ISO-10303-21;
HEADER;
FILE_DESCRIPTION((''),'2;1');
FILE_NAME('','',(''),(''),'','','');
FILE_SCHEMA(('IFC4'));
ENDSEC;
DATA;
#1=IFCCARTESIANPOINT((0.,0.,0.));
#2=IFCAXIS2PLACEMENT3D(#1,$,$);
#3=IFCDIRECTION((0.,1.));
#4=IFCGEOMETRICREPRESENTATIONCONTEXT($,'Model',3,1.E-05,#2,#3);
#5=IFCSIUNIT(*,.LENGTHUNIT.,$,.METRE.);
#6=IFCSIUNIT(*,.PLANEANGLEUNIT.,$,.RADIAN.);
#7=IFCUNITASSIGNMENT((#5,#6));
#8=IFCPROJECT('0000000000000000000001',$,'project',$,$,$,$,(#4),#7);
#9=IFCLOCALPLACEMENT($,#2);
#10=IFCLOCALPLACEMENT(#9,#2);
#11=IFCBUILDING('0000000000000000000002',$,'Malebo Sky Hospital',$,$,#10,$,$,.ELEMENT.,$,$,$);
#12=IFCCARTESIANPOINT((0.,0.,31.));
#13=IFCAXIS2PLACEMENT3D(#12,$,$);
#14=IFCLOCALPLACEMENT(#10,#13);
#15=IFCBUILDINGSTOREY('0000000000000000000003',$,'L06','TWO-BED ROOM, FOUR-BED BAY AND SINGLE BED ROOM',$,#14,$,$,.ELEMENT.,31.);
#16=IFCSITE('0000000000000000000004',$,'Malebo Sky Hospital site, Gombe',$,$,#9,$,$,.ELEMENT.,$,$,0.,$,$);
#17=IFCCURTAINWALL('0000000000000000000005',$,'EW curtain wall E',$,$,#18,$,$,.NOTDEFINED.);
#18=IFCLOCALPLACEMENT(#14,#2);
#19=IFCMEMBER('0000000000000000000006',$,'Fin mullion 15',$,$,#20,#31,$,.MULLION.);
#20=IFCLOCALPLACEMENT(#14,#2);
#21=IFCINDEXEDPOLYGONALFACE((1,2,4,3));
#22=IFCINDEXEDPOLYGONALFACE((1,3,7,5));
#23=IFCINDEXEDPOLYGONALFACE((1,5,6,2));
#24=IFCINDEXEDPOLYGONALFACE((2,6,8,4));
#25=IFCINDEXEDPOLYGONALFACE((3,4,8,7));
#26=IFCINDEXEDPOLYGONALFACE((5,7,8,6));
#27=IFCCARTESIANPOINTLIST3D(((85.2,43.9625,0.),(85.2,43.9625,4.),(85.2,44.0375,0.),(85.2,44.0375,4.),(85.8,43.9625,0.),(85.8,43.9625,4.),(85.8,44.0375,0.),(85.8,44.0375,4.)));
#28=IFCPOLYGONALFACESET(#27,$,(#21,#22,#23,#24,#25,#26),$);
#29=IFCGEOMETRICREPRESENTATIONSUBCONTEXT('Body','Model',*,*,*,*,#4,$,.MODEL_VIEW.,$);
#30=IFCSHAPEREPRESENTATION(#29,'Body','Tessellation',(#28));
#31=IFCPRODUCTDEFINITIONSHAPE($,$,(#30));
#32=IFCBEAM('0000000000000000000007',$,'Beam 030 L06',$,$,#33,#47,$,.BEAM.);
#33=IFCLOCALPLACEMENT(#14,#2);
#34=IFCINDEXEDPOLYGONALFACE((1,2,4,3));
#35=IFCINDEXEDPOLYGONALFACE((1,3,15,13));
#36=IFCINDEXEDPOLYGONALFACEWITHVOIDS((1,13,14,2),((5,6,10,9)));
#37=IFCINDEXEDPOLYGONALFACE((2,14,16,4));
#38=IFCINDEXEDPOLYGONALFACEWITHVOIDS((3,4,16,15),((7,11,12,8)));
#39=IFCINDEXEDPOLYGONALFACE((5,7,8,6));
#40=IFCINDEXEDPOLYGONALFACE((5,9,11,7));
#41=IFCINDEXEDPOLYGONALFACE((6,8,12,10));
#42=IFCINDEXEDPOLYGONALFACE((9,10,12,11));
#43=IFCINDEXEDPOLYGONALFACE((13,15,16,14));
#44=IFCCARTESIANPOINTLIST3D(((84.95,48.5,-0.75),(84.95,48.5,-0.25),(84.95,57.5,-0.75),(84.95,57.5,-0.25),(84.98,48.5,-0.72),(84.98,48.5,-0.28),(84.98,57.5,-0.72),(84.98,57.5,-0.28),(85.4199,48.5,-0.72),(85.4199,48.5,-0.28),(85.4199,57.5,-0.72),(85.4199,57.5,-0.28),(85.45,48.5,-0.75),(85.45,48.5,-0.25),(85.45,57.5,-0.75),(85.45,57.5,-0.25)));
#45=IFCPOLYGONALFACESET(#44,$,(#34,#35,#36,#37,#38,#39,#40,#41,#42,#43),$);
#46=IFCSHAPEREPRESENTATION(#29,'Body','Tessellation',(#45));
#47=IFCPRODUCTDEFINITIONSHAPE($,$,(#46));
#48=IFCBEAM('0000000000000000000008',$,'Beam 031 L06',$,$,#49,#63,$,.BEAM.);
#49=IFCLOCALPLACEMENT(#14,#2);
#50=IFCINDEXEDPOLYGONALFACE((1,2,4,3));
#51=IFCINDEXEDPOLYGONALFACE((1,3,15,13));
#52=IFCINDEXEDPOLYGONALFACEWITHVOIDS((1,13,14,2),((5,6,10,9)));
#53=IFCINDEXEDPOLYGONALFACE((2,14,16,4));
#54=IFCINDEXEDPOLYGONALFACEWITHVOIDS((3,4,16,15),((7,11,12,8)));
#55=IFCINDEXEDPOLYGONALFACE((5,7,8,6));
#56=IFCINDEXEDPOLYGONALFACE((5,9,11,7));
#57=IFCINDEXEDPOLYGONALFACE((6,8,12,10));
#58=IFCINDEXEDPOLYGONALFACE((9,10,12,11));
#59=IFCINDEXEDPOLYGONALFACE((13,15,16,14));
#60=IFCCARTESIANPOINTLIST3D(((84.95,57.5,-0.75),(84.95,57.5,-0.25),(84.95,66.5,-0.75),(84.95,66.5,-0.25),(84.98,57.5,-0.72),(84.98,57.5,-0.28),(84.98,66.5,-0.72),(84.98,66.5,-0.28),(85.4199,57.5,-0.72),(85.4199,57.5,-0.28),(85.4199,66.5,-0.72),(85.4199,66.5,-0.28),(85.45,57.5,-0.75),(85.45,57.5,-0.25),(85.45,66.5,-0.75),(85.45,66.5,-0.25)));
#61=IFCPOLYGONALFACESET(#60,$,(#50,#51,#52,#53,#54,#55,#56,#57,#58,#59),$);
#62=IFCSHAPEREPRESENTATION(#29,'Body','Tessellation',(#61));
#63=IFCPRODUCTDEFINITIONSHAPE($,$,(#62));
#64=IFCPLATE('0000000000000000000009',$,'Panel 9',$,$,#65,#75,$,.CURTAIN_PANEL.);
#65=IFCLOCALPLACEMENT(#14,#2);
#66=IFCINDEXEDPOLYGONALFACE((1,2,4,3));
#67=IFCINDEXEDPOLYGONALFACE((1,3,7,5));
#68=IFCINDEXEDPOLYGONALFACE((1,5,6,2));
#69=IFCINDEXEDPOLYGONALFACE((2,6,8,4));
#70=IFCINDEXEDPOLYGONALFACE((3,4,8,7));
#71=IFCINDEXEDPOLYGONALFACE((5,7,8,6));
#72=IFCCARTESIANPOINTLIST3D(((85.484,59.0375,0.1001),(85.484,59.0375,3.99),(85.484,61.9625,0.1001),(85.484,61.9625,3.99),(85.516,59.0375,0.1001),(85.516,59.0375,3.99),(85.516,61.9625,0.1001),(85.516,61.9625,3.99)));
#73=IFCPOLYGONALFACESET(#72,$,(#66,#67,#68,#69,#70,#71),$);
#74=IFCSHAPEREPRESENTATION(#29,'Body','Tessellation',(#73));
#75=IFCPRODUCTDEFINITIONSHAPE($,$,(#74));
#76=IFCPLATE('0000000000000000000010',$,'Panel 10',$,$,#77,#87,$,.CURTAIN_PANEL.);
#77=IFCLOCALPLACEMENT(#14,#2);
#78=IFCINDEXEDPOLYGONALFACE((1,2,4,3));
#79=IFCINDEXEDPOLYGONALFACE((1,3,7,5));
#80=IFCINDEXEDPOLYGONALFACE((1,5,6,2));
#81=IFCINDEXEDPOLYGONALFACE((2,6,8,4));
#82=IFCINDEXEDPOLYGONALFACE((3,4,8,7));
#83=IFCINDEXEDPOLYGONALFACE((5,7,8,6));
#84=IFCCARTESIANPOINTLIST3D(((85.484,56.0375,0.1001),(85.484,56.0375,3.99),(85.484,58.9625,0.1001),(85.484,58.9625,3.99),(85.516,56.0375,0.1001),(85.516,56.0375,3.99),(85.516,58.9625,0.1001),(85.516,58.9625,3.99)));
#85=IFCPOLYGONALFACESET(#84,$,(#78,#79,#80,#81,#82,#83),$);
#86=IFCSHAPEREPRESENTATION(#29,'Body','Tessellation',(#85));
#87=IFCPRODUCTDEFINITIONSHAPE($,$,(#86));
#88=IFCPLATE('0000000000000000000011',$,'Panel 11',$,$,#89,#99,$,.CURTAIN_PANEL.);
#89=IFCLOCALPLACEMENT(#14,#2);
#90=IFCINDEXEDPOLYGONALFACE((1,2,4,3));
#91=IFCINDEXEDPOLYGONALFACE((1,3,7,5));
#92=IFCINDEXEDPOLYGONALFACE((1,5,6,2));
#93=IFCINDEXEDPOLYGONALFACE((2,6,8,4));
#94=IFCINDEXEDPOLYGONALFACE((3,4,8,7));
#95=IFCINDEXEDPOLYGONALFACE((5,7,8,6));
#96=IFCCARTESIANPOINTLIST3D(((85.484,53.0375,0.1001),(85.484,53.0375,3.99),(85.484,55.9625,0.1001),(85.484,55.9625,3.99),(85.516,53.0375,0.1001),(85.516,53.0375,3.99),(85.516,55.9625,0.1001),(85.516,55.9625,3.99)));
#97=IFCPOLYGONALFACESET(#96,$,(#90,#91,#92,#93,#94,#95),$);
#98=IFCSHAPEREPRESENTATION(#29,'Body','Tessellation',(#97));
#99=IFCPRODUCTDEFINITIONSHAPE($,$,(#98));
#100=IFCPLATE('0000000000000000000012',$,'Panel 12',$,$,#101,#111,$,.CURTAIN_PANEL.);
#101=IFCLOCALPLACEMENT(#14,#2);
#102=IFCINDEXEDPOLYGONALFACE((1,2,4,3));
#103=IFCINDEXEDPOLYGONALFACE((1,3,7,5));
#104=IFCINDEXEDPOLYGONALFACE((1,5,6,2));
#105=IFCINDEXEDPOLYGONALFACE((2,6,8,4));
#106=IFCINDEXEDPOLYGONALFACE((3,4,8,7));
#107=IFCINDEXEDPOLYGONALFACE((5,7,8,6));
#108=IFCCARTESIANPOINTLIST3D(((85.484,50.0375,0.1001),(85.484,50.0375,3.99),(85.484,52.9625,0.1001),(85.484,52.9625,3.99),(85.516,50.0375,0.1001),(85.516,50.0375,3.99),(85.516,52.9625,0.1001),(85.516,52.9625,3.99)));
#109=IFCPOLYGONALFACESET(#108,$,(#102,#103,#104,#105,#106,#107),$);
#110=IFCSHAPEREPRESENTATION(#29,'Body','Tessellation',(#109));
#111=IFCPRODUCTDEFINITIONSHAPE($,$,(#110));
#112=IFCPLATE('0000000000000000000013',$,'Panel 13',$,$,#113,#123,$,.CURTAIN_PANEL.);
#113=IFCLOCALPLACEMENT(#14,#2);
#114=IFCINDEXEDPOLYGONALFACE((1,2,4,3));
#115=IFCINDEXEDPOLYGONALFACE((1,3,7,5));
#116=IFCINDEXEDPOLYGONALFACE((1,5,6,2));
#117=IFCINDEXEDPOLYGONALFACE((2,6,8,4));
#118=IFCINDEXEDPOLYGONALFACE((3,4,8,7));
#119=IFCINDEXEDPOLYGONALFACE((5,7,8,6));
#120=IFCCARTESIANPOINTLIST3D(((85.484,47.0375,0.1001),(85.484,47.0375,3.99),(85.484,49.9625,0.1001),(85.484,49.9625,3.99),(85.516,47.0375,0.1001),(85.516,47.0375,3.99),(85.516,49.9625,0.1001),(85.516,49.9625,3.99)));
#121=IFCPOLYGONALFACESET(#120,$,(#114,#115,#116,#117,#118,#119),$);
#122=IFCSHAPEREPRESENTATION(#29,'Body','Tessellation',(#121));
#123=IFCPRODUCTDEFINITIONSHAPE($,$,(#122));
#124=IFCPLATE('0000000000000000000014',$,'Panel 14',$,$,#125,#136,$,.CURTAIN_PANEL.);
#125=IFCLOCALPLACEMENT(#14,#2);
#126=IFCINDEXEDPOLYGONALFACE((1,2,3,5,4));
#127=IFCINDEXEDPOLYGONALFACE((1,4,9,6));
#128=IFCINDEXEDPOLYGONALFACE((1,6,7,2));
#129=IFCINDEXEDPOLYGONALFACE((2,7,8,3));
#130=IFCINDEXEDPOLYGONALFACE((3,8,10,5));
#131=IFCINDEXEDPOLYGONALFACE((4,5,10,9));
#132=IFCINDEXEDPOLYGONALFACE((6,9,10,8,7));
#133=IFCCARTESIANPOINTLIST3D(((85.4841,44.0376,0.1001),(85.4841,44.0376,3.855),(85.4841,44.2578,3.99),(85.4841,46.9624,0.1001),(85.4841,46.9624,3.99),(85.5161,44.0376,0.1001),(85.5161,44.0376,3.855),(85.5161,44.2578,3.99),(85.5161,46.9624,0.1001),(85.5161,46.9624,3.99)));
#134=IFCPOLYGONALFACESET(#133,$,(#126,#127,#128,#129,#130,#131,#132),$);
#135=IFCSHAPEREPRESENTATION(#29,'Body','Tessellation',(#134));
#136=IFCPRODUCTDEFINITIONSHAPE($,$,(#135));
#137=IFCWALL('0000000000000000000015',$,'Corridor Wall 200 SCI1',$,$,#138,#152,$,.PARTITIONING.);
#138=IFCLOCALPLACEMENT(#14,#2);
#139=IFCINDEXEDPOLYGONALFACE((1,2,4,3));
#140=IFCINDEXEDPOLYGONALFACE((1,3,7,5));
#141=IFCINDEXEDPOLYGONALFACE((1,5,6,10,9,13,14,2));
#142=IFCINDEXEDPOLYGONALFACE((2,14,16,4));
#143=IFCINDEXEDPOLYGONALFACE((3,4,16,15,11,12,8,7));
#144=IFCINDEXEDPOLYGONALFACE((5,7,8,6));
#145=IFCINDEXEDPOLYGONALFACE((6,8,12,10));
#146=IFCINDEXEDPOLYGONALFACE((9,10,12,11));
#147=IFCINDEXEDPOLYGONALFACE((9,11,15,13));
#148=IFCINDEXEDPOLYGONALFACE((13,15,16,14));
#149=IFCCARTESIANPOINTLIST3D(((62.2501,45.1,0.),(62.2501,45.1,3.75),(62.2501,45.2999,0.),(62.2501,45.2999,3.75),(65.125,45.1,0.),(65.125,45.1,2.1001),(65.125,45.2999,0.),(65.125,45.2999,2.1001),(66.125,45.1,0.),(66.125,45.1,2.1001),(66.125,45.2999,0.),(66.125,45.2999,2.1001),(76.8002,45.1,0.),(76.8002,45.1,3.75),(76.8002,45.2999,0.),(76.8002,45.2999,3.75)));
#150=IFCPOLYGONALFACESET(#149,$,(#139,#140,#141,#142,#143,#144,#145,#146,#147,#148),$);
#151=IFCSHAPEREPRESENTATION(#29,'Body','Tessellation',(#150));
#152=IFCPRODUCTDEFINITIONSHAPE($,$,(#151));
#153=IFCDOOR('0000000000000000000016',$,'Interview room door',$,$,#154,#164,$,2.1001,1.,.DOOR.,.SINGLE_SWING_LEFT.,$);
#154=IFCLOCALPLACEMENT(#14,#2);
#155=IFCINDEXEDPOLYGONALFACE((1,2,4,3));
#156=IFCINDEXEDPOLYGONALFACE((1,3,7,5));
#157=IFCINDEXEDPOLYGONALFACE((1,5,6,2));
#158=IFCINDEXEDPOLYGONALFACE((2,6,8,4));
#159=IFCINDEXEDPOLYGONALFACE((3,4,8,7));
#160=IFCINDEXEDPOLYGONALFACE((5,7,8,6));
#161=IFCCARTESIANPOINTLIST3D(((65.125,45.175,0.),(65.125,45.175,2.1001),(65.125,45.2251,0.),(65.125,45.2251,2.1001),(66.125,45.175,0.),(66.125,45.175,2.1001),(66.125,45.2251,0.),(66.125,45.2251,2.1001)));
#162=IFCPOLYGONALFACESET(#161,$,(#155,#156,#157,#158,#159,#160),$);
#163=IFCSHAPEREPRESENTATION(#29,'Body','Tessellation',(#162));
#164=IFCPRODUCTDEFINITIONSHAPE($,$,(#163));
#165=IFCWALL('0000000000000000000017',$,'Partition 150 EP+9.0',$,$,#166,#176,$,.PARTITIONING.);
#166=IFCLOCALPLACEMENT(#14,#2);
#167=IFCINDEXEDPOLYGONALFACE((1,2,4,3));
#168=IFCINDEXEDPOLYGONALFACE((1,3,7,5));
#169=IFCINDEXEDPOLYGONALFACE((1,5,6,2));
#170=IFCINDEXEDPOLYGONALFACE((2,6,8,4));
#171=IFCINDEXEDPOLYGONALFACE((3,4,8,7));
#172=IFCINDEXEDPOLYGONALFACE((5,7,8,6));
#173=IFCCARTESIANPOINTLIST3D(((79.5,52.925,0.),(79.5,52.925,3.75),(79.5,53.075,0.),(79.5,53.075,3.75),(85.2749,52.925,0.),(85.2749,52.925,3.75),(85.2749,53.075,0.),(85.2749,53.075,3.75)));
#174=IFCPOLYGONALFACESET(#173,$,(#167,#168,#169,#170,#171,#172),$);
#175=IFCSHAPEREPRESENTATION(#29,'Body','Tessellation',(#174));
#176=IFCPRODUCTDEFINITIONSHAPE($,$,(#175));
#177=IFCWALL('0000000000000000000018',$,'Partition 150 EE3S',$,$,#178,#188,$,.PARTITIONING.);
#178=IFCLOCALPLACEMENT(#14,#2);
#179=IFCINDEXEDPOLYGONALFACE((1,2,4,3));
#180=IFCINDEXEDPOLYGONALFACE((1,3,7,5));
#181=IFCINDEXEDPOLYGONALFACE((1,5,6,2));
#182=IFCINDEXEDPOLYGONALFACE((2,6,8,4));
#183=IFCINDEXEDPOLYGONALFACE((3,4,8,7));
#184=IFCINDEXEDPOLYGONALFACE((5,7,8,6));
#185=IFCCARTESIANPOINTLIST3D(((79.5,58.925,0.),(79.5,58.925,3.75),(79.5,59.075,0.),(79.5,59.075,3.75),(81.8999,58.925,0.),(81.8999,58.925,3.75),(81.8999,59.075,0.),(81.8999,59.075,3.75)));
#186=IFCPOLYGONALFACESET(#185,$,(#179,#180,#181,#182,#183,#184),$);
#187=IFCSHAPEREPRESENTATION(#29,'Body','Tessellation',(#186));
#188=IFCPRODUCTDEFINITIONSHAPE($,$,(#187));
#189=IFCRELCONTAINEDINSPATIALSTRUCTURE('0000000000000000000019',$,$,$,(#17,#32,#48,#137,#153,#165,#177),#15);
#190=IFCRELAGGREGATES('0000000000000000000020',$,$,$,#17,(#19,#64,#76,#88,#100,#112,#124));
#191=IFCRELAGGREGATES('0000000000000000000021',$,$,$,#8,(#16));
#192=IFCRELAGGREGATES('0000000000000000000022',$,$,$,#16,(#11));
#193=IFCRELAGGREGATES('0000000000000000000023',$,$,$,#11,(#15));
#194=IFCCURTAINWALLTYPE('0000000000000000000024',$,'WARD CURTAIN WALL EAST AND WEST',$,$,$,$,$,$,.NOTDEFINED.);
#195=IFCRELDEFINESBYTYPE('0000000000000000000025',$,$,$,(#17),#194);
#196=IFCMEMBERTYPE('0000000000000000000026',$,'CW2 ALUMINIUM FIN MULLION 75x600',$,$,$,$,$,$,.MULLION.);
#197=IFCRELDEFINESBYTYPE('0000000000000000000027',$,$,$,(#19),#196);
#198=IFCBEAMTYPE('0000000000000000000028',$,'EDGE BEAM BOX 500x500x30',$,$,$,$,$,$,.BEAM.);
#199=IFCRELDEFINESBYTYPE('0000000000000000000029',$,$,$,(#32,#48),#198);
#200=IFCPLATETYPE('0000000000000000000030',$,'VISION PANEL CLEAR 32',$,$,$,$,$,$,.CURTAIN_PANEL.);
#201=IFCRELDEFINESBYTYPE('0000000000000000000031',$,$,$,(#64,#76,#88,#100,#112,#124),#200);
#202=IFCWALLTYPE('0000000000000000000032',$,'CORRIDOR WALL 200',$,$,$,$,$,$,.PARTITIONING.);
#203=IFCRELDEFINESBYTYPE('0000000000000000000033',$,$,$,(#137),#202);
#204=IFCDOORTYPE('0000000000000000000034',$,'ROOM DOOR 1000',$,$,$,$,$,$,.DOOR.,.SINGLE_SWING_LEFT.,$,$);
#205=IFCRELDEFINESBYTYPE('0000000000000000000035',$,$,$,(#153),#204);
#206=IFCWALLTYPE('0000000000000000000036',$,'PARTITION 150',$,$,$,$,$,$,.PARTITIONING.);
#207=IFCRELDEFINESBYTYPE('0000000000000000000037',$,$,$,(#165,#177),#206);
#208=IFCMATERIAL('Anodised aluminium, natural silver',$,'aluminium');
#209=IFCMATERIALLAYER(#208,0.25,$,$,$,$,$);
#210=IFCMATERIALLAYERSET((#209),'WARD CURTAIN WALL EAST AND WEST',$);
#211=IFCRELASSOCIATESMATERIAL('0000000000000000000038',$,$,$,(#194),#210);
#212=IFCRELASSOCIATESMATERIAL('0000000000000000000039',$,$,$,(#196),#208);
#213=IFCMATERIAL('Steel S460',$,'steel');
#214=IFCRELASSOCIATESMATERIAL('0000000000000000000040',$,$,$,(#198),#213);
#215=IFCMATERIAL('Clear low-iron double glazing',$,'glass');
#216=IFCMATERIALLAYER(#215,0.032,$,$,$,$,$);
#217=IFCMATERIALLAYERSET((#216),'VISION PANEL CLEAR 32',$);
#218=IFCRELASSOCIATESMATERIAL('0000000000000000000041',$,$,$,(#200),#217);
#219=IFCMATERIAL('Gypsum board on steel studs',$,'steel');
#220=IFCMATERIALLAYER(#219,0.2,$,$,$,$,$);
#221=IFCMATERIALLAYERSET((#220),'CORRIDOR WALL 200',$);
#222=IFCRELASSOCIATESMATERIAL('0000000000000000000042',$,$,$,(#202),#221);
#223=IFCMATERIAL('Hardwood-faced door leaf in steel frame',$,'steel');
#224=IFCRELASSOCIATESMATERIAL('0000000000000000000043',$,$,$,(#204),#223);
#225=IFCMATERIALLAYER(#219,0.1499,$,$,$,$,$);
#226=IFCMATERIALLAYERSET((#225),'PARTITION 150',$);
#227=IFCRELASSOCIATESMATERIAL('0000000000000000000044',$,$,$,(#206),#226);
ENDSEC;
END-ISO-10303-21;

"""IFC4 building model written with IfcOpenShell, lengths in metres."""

from ifc_helpers import new_model, si_unit, direction, frame, frame_2d, origin, origin_2d, place, context, subcontext, project, spatial, polyline, rectangle, hollow_rectangle, outline, extrude, material, layer, layer_set, material_profile, profile_set, type_object, element, fill, aggregate, save


model = new_model("IFC4")

# Units and contexts
model_context = context("Model", 3, precision=1e-05, world=origin(), true_north=direction((0.0, 1.0)))
body_context = subcontext(model_context, "Body", "Model", "MODEL_VIEW")
ifc_project = project(units=[si_unit("LENGTHUNIT", "METRE"), si_unit("PLANEANGLEUNIT", "RADIAN")], contexts=[model_context])

# Site, building, storey
site_placement = place(None, origin())
site = spatial("IfcSite", under=ifc_project, at=site_placement, Name="Malebo Sky Hospital site, Gombe", CompositionType="ELEMENT", RefElevation=0.0)
building_placement = place(site_placement, origin())
building = spatial("IfcBuilding", under=site, at=building_placement, Name="Malebo Sky Hospital", CompositionType="ELEMENT")
storey_placement = place(building_placement, frame((0.0, 0.0, 31.0)))
storey = spatial("IfcBuildingStorey", under=building, at=storey_placement, Name="L06", Description="TWO-BED ROOM, FOUR-BED BAY AND SINGLE BED ROOM", CompositionType="ELEMENT", Elevation=31.0)

# Shared definitions
ifc_material_1 = material(Name="Steel S460", Category="steel")

# Curtain wall, member
ifc_material_2 = material(Name="Anodised aluminium, natural silver", Category="aluminium")
ifc_layer_1 = layer(ifc_material_2, 0.25)
ifc_layer_set_1 = layer_set([ifc_layer_1], Name="WARD CURTAIN WALL EAST AND WEST")
curtain_wall_type = type_object("IfcCurtainWallType", Name="WARD CURTAIN WALL EAST AND WEST", PredefinedType="NOTDEFINED", material=ifc_layer_set_1)
curtain_wall_placement = place(storey_placement, origin())
curtain_wall = element("IfcCurtainWall", 1, at=curtain_wall_placement, inside=storey, type_object=curtain_wall_type, Name="EW curtain wall E", PredefinedType="NOTDEFINED")
ifc_material_profile_1 = material_profile(ifc_material_2, rectangle(XDim=0.075, YDim=0.6001, at=origin_2d()), Name="CW2 ALUMINIUM FIN MULLION 75x600")
ifc_profile_set_1 = profile_set([ifc_material_profile_1], Name="Anodised aluminium, natural silver")
member_type_1 = type_object("IfcMemberType", Name="CW2 ALUMINIUM FIN MULLION 75x600", PredefinedType="MULLION", material=ifc_profile_set_1)
member_1_placement = place(storey_placement, frame((85.5, 44.0, 0.0), z_axis=(0.0, 0.0, 1.0), x_axis=(0.0, -1.0, 0.0)))
member_1 = element("IfcMember", 2, at=member_1_placement, type_object=member_type_1, Name="Fin mullion 15", PredefinedType="MULLION", context=body_context, shape_type="SweptSolid", body=[
    extrude(rectangle(XDim=0.075, YDim=0.6001, at=origin_2d()), origin(), (0.0, 0.0, 1.0), 4.0),
])

# Beams
ifc_material_profile_2 = material_profile(ifc_material_1, hollow_rectangle(XDim=0.5, YDim=0.5, WallThickness=0.03, at=origin_2d()), Name="BOX 500x500x30")
ifc_profile_set_2 = profile_set([ifc_material_profile_2], Name="Steel S460")
beam_type = type_object("IfcBeamType", Name="EDGE BEAM BOX 500x500x30", PredefinedType="BEAM", material=ifc_profile_set_2)
for number, where, z_axis, x_axis, name in (
    (3, (85.2, 48.5, -0.5), (0.0, 1.0, 0.0), (-1.0, 0.0, 0.0), "Beam 030 L06"),
    (4, (85.2, 57.5, -0.5), (0.0, 1.0, 0.0), (-1.0, 0.0, 0.0), "Beam 031 L06"),
):
    element("IfcBeam", number, at=place(storey_placement, frame(where, z_axis=z_axis, x_axis=x_axis)), inside=storey, type_object=beam_type, Name=name, PredefinedType="BEAM", context=body_context, shape_type="SweptSolid", body=[
        extrude(hollow_rectangle(XDim=0.5, YDim=0.5, WallThickness=0.03, at=origin_2d()), origin(), (0.0, 0.0, 1.0), 9.0),
    ])

# Plates
ifc_material_3 = material(Name="Clear low-iron double glazing", Category="glass")
ifc_layer_2 = layer(ifc_material_3, 0.032)
ifc_layer_set_2 = layer_set([ifc_layer_2], Name="VISION PANEL CLEAR 32")
plate_type = type_object("IfcPlateType", Name="VISION PANEL CLEAR 32", PredefinedType="CURTAIN_PANEL", material=ifc_layer_set_2)
plate_1_placement = place(storey_placement, frame((85.5, 60.5, 0.1001), z_axis=(0.0, 0.0, 1.0), x_axis=(0.0, -1.0, 0.0)))
plate_1 = element("IfcPlate", 5, at=plate_1_placement, type_object=plate_type, Name="Panel 9", PredefinedType="CURTAIN_PANEL", context=body_context, shape_type="SweptSolid", body=[
    extrude(rectangle(XDim=2.925, YDim=0.032, at=origin_2d()), origin(), (0.0, 0.0, 1.0), 3.8899),
])
plate_2_placement = place(storey_placement, frame((85.5, 57.5, 0.1001), z_axis=(0.0, 0.0, 1.0), x_axis=(0.0, -1.0, 0.0)))
plate_2 = element("IfcPlate", 6, at=plate_2_placement, type_object=plate_type, Name="Panel 10", PredefinedType="CURTAIN_PANEL", context=body_context, shape_type="SweptSolid", body=[
    extrude(rectangle(XDim=2.925, YDim=0.032, at=origin_2d()), origin(), (0.0, 0.0, 1.0), 3.8899),
])
plate_3_placement = place(storey_placement, frame((85.5, 54.5, 0.1001), z_axis=(0.0, 0.0, 1.0), x_axis=(0.0, -1.0, 0.0)))
plate_3 = element("IfcPlate", 7, at=plate_3_placement, type_object=plate_type, Name="Panel 11", PredefinedType="CURTAIN_PANEL", context=body_context, shape_type="SweptSolid", body=[
    extrude(rectangle(XDim=2.925, YDim=0.032, at=origin_2d()), origin(), (0.0, 0.0, 1.0), 3.8899),
])
plate_4_placement = place(storey_placement, frame((85.5, 51.5, 0.1001), z_axis=(0.0, 0.0, 1.0), x_axis=(0.0, -1.0, 0.0)))
plate_4 = element("IfcPlate", 8, at=plate_4_placement, type_object=plate_type, Name="Panel 12", PredefinedType="CURTAIN_PANEL", context=body_context, shape_type="SweptSolid", body=[
    extrude(rectangle(XDim=2.925, YDim=0.032, at=origin_2d()), origin(), (0.0, 0.0, 1.0), 3.8899),
])
plate_5_placement = place(storey_placement, frame((85.5, 48.5, 0.1001), z_axis=(0.0, 0.0, 1.0), x_axis=(0.0, -1.0, 0.0)))
plate_5 = element("IfcPlate", 9, at=plate_5_placement, type_object=plate_type, Name="Panel 13", PredefinedType="CURTAIN_PANEL", context=body_context, shape_type="SweptSolid", body=[
    extrude(rectangle(XDim=2.925, YDim=0.032, at=origin_2d()), origin(), (0.0, 0.0, 1.0), 3.8899),
])
plate_6_placement = place(storey_placement, frame((85.5, 45.5, 0.1001), z_axis=(0.0, 0.0, 1.0), x_axis=(0.0, -1.0, 0.0)))
plate_6 = element("IfcPlate", 10, at=plate_6_placement, type_object=plate_type, Name="Panel 14", PredefinedType="CURTAIN_PANEL", context=body_context, shape_type="SweptSolid", body=[
    extrude(outline(polyline([(-1.4624, 0.0), (1.4624, 0.0), (1.4624, 3.7549), (1.2422, 3.8899), (-1.4624, 3.8899), (-1.4624, 0.0)])), frame((0.0, 0.0161, 0.0), z_axis=(0.0, -1.0, 0.0), x_axis=(1.0, 0.0, 0.0)), (0.0, 0.0, 1.0), 0.032),
])
aggregate(curtain_wall, [member_1, plate_1, plate_2, plate_3, plate_4, plate_5, plate_6])

# Wall, opening, door
ifc_material_4 = material(Name="Gypsum board on steel studs", Category="steel")
ifc_layer_3 = layer(ifc_material_4, 0.2)
ifc_layer_set_3 = layer_set([ifc_layer_3], Name="CORRIDOR WALL 200")
wall_type_1 = type_object("IfcWallType", Name="CORRIDOR WALL 200", PredefinedType="PARTITIONING", material=ifc_layer_set_3)
wall_1_placement = place(storey_placement, frame((76.8, 45.2, 0.0), z_axis=(0.0, 0.0, 1.0), x_axis=(-1.0, 0.0, 0.0)))
wall_1 = element("IfcWall", 11, at=wall_1_placement, inside=storey, type_object=wall_type_1, Name="Corridor Wall 200 SCI1", PredefinedType="PARTITIONING", context=body_context, shape_type="SweptSolid", body=[
    extrude(rectangle(XDim=14.55, YDim=0.2, at=frame_2d((7.2749, 0.0))), origin(), (0.0, 0.0, 1.0), 3.75),
])
opening_1_placement = place(wall_1_placement, frame((10.675, 0.0, 0.0)))
opening_1 = element("IfcOpeningElement", 12, at=opening_1_placement, cuts=wall_1, PredefinedType="OPENING", context=body_context, shape_type="SweptSolid", body=[
    extrude(rectangle(XDim=1.0, YDim=2.1001, at=frame_2d((0.5, 1.05))), frame((0.0, 0.1099, 0.0), z_axis=(0.0, -1.0, 0.0), x_axis=(1.0, 0.0, 0.0)), (0.0, 0.0, 1.0), 0.22),
])
ifc_material_5 = material(Name="Hardwood-faced door leaf in steel frame", Category="steel")
door_type_1 = type_object("IfcDoorType", Name="ROOM DOOR 1000", OperationType="SINGLE_SWING_LEFT", PredefinedType="DOOR", material=ifc_material_5)
door_1_placement = place(opening_1_placement, origin())
door_1 = element("IfcDoor", 13, at=door_1_placement, inside=storey, type_object=door_type_1, Name="Interview room door", OperationType="SINGLE_SWING_LEFT", OverallHeight=2.1001, OverallWidth=1.0, PredefinedType="DOOR", context=body_context, shape_type="SweptSolid", body=[
    extrude(rectangle(XDim=1.0, YDim=2.1001, at=frame_2d((0.5, 1.05))), frame((0.0, 0.0249, 0.0), z_axis=(0.0, -1.0, 0.0), x_axis=(1.0, 0.0, 0.0)), (0.0, 0.0, 1.0), 0.05),
])
fill(opening_1, door_1)

# Walls
ifc_layer_4 = layer(ifc_material_4, 0.1499)
ifc_layer_set_4 = layer_set([ifc_layer_4], Name="PARTITION 150")
wall_type_2 = type_object("IfcWallType", Name="PARTITION 150", PredefinedType="PARTITIONING", material=ifc_layer_set_4)
wall_2_placement = place(storey_placement, frame((79.5, 53.0, 0.0), z_axis=(0.0, 0.0, 1.0), x_axis=(1.0, 0.0, 0.0)))
element("IfcWall", 14, at=wall_2_placement, inside=storey, type_object=wall_type_2, Name="Partition 150 EP+9.0", PredefinedType="PARTITIONING", context=body_context, shape_type="SweptSolid", body=[
    extrude(rectangle(XDim=5.7749, YDim=0.1499, at=frame_2d((2.8875, 0.0))), origin(), (0.0, 0.0, 1.0), 3.75),
])
wall_3_placement = place(storey_placement, frame((79.5, 59.0, 0.0), z_axis=(0.0, 0.0, 1.0), x_axis=(1.0, 0.0, 0.0)))
element("IfcWall", 15, at=wall_3_placement, inside=storey, type_object=wall_type_2, Name="Partition 150 EE3S", PredefinedType="PARTITIONING", context=body_context, shape_type="SweptSolid", body=[
    extrude(rectangle(XDim=2.3999, YDim=0.1499, at=frame_2d((1.2, 0.0))), origin(), (0.0, 0.0, 1.0), 3.75),
])

save(model, "model.ifc")
